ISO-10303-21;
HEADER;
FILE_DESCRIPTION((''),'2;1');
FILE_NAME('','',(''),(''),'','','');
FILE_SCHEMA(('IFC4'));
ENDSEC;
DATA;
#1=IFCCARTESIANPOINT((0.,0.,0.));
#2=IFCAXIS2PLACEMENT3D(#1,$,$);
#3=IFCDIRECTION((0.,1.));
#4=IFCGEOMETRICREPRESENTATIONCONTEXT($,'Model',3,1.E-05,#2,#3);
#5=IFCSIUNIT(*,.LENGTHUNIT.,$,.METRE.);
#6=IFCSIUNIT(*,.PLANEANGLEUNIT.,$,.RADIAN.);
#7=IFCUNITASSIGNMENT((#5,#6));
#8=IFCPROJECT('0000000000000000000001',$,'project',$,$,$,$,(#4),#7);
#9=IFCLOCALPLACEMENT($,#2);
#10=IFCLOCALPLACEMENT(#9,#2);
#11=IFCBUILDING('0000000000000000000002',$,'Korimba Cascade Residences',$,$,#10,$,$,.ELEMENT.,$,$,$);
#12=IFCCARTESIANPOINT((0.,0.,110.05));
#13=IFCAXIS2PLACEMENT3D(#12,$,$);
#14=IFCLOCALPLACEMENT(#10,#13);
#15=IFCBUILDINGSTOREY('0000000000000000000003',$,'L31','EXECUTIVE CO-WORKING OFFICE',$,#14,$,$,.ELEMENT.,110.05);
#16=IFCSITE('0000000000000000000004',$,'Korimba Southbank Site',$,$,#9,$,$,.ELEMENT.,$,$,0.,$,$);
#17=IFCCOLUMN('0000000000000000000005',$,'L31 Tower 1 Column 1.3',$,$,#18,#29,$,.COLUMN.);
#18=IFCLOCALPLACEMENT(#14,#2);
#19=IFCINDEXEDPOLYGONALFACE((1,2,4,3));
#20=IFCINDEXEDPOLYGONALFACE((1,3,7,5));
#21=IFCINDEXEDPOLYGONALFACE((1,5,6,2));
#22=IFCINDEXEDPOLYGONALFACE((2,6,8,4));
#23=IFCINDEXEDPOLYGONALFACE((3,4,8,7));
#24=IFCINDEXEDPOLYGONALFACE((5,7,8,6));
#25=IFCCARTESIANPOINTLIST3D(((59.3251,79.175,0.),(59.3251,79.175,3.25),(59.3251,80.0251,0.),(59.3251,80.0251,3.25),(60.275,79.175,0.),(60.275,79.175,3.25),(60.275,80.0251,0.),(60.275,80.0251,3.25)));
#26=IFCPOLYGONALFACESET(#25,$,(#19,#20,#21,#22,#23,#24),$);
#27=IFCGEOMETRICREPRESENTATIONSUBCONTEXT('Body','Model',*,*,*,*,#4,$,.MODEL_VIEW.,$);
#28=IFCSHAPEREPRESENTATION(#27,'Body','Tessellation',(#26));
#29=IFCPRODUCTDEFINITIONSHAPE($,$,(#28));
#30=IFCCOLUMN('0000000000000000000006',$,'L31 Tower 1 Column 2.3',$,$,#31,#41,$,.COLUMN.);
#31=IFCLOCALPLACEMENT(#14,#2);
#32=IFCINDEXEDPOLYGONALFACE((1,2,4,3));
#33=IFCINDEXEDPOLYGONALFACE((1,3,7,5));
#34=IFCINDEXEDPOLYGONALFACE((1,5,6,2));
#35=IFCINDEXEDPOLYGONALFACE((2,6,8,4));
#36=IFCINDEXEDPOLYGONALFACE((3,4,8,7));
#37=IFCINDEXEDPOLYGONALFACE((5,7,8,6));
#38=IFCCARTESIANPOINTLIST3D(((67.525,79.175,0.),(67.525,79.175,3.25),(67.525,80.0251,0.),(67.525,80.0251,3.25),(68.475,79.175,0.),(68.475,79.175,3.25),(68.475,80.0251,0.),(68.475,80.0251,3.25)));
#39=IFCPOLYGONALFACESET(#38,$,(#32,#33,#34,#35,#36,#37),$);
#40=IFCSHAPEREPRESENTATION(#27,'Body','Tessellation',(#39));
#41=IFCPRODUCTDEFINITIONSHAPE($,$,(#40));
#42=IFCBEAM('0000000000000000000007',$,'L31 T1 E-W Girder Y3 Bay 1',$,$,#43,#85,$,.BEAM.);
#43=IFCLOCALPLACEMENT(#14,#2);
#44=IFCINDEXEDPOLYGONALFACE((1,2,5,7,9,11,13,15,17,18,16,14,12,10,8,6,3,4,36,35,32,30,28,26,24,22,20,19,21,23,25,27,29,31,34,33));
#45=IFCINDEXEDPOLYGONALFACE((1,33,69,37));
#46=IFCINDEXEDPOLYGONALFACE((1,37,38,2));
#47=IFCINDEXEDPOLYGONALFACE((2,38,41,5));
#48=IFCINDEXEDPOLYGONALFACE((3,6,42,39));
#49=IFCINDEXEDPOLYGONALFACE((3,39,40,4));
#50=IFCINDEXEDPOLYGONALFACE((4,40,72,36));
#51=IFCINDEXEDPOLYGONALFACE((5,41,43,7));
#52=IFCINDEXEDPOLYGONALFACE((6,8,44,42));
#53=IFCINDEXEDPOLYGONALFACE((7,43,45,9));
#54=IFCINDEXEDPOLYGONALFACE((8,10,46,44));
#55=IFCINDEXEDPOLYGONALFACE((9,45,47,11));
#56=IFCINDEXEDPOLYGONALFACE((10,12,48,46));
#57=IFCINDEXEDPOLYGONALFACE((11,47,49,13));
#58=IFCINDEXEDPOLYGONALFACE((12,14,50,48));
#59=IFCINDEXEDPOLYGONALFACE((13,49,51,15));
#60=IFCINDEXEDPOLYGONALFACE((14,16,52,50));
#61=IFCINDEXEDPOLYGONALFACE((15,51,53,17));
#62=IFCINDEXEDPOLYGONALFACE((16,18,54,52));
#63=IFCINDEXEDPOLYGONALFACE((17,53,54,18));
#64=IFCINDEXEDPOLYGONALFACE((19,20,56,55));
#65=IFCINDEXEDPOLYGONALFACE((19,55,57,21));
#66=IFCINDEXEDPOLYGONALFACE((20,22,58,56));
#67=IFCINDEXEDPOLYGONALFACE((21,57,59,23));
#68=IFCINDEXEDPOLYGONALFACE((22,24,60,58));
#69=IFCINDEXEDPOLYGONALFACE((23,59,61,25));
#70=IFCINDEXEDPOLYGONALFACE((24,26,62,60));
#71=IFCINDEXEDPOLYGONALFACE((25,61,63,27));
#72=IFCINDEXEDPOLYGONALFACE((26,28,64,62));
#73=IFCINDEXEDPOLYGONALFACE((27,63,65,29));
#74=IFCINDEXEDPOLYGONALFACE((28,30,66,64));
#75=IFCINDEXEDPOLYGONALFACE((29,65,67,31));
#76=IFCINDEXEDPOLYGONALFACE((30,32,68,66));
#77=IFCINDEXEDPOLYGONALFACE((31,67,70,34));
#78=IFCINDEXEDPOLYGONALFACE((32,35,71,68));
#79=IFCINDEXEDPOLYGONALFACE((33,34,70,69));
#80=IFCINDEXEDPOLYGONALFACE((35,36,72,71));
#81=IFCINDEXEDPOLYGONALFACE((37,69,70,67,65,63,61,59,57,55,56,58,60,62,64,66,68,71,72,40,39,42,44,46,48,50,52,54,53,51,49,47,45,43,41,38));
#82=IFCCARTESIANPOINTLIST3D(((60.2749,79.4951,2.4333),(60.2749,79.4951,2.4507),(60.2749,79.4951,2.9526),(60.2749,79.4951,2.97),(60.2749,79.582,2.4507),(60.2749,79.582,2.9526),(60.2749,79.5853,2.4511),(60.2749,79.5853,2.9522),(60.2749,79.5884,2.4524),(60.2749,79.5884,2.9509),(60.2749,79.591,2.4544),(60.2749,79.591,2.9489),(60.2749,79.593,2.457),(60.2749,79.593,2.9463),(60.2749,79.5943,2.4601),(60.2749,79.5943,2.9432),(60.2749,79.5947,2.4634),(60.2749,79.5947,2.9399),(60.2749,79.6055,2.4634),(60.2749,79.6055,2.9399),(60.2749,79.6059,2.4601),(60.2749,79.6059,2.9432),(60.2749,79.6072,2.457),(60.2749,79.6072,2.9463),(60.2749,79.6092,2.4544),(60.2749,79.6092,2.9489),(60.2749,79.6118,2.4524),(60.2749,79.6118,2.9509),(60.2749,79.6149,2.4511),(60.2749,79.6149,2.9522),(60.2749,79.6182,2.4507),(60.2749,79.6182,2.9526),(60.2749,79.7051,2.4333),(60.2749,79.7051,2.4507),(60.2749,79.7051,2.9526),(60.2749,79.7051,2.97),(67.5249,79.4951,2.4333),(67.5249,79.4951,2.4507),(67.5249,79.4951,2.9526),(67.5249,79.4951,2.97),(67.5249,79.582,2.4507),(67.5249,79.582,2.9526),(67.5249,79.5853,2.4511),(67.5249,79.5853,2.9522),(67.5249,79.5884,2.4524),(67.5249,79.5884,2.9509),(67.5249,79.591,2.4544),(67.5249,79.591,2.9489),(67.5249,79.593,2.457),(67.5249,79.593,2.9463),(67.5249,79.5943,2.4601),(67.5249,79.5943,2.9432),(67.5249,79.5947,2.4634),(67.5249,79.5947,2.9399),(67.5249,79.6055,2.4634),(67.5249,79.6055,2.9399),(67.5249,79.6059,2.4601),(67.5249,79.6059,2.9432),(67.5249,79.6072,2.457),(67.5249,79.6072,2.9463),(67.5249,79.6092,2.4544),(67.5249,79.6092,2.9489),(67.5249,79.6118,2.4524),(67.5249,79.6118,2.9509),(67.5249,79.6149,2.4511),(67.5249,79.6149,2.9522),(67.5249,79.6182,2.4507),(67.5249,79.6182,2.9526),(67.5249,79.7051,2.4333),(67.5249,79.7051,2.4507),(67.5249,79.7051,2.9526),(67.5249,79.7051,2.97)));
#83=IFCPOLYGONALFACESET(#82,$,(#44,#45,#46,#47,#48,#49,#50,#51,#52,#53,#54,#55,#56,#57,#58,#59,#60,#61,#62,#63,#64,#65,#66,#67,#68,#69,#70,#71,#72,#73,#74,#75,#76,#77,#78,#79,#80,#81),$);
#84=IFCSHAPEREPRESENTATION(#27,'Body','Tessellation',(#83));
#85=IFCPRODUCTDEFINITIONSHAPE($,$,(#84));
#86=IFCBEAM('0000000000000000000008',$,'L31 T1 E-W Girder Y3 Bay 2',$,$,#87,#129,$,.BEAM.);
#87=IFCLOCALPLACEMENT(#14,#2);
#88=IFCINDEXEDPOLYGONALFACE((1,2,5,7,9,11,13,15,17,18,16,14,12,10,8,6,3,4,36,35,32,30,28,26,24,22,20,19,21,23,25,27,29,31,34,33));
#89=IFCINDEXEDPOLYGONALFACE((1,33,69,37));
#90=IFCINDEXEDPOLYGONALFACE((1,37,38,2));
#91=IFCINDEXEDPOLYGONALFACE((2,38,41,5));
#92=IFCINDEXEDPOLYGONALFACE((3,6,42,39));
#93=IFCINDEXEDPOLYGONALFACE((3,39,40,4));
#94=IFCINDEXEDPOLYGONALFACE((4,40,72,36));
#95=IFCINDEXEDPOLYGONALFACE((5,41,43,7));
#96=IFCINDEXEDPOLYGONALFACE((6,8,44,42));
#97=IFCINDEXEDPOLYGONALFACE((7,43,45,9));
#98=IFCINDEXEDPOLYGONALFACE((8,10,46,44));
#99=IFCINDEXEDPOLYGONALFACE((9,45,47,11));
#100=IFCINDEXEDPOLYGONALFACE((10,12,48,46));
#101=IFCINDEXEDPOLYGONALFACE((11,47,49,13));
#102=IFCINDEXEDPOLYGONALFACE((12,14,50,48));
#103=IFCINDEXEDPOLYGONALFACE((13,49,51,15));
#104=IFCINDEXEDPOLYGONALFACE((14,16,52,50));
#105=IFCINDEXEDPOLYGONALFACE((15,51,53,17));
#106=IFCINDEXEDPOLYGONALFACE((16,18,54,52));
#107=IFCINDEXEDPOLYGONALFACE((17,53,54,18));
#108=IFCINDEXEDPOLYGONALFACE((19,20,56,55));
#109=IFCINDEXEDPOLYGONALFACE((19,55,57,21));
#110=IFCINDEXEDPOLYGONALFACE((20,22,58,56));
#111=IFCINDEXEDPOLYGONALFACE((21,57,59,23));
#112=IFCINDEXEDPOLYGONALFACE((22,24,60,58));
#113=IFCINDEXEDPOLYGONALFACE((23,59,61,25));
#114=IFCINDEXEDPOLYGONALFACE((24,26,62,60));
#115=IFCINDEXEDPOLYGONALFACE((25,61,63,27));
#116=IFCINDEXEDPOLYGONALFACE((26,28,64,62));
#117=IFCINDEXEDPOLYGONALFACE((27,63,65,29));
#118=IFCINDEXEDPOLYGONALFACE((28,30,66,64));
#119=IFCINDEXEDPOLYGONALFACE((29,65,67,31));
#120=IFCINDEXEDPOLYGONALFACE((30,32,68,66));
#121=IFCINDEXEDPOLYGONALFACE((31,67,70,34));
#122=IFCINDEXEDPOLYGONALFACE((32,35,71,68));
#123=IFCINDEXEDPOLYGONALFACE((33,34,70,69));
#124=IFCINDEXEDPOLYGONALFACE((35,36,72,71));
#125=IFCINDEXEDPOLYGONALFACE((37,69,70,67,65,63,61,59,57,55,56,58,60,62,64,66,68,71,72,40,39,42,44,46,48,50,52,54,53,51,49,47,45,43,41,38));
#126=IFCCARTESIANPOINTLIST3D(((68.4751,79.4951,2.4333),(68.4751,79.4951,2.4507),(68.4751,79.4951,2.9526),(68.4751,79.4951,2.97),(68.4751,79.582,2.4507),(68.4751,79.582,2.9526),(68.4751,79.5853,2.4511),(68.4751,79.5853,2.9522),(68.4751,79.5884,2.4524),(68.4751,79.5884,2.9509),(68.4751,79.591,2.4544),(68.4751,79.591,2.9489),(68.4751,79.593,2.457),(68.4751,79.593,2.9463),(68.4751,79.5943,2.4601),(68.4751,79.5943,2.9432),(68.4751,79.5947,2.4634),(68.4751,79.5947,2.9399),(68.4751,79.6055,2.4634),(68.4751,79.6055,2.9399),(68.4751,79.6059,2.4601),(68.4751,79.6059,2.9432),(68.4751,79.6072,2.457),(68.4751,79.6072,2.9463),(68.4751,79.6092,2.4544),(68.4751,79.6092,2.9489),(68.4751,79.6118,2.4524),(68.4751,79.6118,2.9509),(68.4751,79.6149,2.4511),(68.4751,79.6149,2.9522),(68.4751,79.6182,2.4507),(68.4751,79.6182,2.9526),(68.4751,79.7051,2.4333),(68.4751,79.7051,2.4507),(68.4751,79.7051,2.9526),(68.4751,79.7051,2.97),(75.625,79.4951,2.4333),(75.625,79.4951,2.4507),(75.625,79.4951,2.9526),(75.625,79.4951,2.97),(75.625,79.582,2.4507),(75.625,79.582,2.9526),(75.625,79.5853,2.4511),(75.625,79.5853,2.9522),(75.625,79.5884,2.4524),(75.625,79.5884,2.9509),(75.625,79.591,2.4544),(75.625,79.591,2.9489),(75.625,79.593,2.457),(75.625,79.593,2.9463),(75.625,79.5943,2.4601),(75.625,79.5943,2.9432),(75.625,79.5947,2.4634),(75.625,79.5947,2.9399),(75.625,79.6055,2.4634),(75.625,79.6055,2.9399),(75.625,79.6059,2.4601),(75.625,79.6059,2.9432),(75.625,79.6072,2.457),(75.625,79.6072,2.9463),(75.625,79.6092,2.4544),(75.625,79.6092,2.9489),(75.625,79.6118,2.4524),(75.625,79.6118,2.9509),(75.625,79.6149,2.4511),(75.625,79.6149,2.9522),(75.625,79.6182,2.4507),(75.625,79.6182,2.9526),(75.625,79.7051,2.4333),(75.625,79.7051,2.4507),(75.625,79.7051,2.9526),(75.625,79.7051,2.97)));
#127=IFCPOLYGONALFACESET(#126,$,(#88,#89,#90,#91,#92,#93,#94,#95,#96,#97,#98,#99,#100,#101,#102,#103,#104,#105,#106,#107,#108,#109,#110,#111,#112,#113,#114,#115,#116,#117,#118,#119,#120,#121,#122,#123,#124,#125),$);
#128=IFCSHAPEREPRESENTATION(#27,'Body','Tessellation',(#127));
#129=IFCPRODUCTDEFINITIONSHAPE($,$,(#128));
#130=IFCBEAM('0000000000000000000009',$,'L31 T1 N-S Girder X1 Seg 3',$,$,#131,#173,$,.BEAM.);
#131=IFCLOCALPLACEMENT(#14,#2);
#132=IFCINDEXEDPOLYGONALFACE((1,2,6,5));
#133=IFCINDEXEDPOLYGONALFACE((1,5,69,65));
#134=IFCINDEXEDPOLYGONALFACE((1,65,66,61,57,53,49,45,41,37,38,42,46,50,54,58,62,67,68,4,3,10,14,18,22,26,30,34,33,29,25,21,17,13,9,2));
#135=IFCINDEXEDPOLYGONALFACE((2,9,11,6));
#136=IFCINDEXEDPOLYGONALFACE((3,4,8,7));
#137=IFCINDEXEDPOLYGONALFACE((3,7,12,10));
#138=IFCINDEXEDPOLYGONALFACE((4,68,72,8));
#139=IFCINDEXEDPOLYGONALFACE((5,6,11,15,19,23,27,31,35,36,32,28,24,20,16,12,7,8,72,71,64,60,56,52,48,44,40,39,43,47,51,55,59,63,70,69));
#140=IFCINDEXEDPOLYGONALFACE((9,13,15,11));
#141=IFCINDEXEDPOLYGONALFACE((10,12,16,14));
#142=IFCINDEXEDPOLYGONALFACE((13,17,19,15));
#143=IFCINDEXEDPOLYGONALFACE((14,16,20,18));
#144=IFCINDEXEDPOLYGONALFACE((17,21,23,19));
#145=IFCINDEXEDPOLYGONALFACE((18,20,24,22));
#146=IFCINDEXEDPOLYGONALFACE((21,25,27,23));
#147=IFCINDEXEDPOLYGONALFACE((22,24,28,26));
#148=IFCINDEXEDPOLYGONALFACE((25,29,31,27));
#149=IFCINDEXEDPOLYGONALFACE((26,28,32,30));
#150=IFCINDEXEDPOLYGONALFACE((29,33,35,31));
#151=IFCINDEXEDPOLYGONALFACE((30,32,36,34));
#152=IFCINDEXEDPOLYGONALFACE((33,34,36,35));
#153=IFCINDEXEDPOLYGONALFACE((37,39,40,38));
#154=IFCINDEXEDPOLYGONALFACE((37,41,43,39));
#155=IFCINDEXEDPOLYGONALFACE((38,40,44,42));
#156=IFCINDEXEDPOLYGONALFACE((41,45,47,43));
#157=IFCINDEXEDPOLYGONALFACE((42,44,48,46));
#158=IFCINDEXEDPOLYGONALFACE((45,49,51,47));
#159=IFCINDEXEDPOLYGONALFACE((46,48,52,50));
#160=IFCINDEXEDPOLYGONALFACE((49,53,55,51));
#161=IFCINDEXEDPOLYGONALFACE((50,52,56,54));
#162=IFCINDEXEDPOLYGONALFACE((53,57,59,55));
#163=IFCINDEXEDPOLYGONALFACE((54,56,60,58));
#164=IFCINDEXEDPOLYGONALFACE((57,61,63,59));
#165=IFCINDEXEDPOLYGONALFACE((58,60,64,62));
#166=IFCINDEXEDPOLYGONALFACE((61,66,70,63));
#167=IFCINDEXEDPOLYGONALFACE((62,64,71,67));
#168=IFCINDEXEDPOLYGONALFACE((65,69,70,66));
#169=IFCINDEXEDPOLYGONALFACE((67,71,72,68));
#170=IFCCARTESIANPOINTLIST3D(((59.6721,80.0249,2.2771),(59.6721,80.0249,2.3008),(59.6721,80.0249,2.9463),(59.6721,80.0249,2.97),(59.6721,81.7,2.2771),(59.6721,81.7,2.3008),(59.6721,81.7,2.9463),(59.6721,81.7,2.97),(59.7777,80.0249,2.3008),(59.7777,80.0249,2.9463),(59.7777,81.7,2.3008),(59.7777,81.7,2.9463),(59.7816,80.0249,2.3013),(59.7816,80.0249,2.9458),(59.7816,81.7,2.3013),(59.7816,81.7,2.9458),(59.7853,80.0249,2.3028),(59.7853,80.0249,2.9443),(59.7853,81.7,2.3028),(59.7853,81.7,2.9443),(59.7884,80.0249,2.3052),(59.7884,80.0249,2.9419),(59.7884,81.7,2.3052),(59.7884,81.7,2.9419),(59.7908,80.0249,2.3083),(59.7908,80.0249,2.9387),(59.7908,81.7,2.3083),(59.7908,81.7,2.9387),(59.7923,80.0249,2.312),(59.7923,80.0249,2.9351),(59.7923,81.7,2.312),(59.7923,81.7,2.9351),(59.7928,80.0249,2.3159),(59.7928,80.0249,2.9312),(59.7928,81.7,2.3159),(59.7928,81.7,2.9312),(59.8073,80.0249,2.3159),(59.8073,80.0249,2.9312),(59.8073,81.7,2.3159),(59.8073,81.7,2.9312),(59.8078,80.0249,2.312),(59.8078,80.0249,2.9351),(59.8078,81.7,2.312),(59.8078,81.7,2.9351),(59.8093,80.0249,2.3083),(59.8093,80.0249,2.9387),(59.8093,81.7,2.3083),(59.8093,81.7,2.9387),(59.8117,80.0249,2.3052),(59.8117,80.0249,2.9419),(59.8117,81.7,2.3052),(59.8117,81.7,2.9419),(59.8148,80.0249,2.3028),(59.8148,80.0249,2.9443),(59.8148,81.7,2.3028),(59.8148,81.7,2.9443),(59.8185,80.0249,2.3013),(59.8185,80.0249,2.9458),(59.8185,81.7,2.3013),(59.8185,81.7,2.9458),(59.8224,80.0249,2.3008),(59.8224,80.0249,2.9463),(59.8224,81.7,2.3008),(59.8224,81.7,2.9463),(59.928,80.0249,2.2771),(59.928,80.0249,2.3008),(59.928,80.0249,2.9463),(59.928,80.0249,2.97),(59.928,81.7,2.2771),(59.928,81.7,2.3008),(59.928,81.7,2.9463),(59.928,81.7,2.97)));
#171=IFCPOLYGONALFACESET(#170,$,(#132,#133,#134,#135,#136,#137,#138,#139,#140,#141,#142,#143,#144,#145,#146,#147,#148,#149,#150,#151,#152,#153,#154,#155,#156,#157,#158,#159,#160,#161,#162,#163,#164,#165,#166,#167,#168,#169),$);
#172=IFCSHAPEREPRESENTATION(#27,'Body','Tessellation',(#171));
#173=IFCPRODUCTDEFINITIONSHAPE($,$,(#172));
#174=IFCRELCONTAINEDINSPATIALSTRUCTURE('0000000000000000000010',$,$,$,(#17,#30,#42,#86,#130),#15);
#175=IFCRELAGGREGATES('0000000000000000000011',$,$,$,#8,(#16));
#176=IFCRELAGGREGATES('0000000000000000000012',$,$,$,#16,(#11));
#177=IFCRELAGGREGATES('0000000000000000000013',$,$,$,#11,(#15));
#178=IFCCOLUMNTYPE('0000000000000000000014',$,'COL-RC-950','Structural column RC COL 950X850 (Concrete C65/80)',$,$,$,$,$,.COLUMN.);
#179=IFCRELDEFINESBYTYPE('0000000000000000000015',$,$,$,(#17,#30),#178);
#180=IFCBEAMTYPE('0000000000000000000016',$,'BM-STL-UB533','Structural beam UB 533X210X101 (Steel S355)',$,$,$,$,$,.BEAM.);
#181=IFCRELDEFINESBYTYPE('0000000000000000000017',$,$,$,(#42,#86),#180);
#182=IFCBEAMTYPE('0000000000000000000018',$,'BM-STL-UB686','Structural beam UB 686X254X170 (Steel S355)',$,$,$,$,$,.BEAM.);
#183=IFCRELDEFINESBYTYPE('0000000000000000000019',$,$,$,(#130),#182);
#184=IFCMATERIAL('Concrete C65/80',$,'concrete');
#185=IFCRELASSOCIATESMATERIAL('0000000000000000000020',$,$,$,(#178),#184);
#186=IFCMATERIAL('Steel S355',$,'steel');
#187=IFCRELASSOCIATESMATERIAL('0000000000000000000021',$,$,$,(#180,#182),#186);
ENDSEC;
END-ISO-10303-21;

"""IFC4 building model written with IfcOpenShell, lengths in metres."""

from ifc_helpers import new_model, si_unit, direction, frame, origin, origin_2d, place, context, subcontext, project, spatial, rectangle, i_section, extrude, material, material_profile, profile_set, type_object, element, save


model = new_model("IFC4")

# Units and contexts
model_context = context("Model", 3, precision=1e-05, world=origin(), true_north=direction((0.0, 1.0)))
body_context = subcontext(model_context, "Body", "Model", "MODEL_VIEW")
ifc_project = project(units=[si_unit("LENGTHUNIT", "METRE"), si_unit("PLANEANGLEUNIT", "RADIAN")], contexts=[model_context])

# Site, building, storey
site_placement = place(None, origin())
site = spatial("IfcSite", under=ifc_project, at=site_placement, Name="Korimba Southbank Site", CompositionType="ELEMENT", RefElevation=0.0)
building_placement = place(site_placement, origin())
building = spatial("IfcBuilding", under=site, at=building_placement, Name="Korimba Cascade Residences", CompositionType="ELEMENT")
storey_placement = place(building_placement, frame((0.0, 0.0, 110.05)))
storey = spatial("IfcBuildingStorey", under=building, at=storey_placement, Name="L31", Description="EXECUTIVE CO-WORKING OFFICE", CompositionType="ELEMENT", Elevation=110.05)

# Columns
ifc_material_1 = material(Name="Concrete C65/80", Category="concrete")
ifc_material_profile_1 = material_profile(ifc_material_1, rectangle(XDim=0.95, YDim=0.8501, at=origin_2d()), Name="Concrete C65/80")
ifc_profile_set_1 = profile_set([ifc_material_profile_1], Name="Concrete C65/80")
column_type = type_object("IfcColumnType", Name="COL-RC-950", Description="Structural column RC COL 950X850 (Concrete C65/80)", PredefinedType="COLUMN", material=ifc_profile_set_1)
for number, where, z_axis, x_axis, name in (
    (1, (59.8, 79.6001, 0.0), (0.0, 0.0, 1.0), (1.0, 0.0, 0.0), "L31 Tower 1 Column 1.3"),
    (2, (68.0, 79.6001, 0.0), (0.0, 0.0, 1.0), (1.0, 0.0, 0.0), "L31 Tower 1 Column 2.3"),
):
    element("IfcColumn", number, at=place(storey_placement, frame(where, z_axis=z_axis, x_axis=x_axis)), inside=storey, type_object=column_type, Name=name, PredefinedType="COLUMN", context=body_context, shape_type="SweptSolid", body=[
        extrude(rectangle(XDim=0.95, YDim=0.8501, at=origin_2d()), origin(), (0.0, 0.0, 1.0), 3.25),
    ])

# Beams
ifc_material_2 = material(Name="Steel S355", Category="steel")
ifc_material_profile_2 = material_profile(ifc_material_2, i_section(OverallWidth=0.21, OverallDepth=0.5366, WebThickness=0.0107, FlangeThickness=0.0173, FilletRadius=0.0127, at=origin_2d()), Name="Steel S355")
ifc_profile_set_2 = profile_set([ifc_material_profile_2], Name="Steel S355")
beam_type_1 = type_object("IfcBeamType", Name="BM-STL-UB533", Description="Structural beam UB 533X210X101 (Steel S355)", PredefinedType="BEAM", material=ifc_profile_set_2)
beam_1_placement = place(storey_placement, frame((60.2749, 79.6001, 2.7017), z_axis=(1.0, 0.0, 0.0), x_axis=(0.0, 1.0, 0.0)))
element("IfcBeam", 3, at=beam_1_placement, inside=storey, type_object=beam_type_1, Name="L31 T1 E-W Girder Y3 Bay 1", PredefinedType="BEAM", context=body_context, shape_type="SweptSolid", body=[
    extrude(i_section(OverallWidth=0.21, OverallDepth=0.5366, WebThickness=0.0107, FlangeThickness=0.0173, FilletRadius=0.0127, at=origin_2d()), origin(), (0.0, 0.0, 1.0), 7.25),
])
beam_2_placement = place(storey_placement, frame((68.4751, 79.6001, 2.7017), z_axis=(1.0, 0.0, 0.0), x_axis=(0.0, 1.0, 0.0)))
element("IfcBeam", 4, at=beam_2_placement, inside=storey, type_object=beam_type_1, Name="L31 T1 E-W Girder Y3 Bay 2", PredefinedType="BEAM", context=body_context, shape_type="SweptSolid", body=[
    extrude(i_section(OverallWidth=0.21, OverallDepth=0.5366, WebThickness=0.0107, FlangeThickness=0.0173, FilletRadius=0.0127, at=origin_2d()), origin(), (0.0, 0.0, 1.0), 7.1499),
])
ifc_material_profile_3 = material_profile(ifc_material_2, i_section(OverallWidth=0.2559, OverallDepth=0.6929, WebThickness=0.0144, FlangeThickness=0.0237, FilletRadius=0.0151, at=origin_2d()), Name="Steel S355")
ifc_profile_set_3 = profile_set([ifc_material_profile_3], Name="Steel S355")
beam_type_2 = type_object("IfcBeamType", Name="BM-STL-UB686", Description="Structural beam UB 686X254X170 (Steel S355)", PredefinedType="BEAM", material=ifc_profile_set_3)
beam_3_placement = place(storey_placement, frame((59.8, 80.0249, 2.6235), z_axis=(0.0, 1.0, 0.0), x_axis=(-1.0, 0.0, 0.0)))
element("IfcBeam", 5, at=beam_3_placement, inside=storey, type_object=beam_type_2, Name="L31 T1 N-S Girder X1 Seg 3", PredefinedType="BEAM", context=body_context, shape_type="SweptSolid", body=[
    extrude(i_section(OverallWidth=0.2559, OverallDepth=0.6929, WebThickness=0.0144, FlangeThickness=0.0237, FilletRadius=0.0151, at=origin_2d()), origin(), (0.0, 0.0, 1.0), 1.675),
])

save(model, "model.ifc")
